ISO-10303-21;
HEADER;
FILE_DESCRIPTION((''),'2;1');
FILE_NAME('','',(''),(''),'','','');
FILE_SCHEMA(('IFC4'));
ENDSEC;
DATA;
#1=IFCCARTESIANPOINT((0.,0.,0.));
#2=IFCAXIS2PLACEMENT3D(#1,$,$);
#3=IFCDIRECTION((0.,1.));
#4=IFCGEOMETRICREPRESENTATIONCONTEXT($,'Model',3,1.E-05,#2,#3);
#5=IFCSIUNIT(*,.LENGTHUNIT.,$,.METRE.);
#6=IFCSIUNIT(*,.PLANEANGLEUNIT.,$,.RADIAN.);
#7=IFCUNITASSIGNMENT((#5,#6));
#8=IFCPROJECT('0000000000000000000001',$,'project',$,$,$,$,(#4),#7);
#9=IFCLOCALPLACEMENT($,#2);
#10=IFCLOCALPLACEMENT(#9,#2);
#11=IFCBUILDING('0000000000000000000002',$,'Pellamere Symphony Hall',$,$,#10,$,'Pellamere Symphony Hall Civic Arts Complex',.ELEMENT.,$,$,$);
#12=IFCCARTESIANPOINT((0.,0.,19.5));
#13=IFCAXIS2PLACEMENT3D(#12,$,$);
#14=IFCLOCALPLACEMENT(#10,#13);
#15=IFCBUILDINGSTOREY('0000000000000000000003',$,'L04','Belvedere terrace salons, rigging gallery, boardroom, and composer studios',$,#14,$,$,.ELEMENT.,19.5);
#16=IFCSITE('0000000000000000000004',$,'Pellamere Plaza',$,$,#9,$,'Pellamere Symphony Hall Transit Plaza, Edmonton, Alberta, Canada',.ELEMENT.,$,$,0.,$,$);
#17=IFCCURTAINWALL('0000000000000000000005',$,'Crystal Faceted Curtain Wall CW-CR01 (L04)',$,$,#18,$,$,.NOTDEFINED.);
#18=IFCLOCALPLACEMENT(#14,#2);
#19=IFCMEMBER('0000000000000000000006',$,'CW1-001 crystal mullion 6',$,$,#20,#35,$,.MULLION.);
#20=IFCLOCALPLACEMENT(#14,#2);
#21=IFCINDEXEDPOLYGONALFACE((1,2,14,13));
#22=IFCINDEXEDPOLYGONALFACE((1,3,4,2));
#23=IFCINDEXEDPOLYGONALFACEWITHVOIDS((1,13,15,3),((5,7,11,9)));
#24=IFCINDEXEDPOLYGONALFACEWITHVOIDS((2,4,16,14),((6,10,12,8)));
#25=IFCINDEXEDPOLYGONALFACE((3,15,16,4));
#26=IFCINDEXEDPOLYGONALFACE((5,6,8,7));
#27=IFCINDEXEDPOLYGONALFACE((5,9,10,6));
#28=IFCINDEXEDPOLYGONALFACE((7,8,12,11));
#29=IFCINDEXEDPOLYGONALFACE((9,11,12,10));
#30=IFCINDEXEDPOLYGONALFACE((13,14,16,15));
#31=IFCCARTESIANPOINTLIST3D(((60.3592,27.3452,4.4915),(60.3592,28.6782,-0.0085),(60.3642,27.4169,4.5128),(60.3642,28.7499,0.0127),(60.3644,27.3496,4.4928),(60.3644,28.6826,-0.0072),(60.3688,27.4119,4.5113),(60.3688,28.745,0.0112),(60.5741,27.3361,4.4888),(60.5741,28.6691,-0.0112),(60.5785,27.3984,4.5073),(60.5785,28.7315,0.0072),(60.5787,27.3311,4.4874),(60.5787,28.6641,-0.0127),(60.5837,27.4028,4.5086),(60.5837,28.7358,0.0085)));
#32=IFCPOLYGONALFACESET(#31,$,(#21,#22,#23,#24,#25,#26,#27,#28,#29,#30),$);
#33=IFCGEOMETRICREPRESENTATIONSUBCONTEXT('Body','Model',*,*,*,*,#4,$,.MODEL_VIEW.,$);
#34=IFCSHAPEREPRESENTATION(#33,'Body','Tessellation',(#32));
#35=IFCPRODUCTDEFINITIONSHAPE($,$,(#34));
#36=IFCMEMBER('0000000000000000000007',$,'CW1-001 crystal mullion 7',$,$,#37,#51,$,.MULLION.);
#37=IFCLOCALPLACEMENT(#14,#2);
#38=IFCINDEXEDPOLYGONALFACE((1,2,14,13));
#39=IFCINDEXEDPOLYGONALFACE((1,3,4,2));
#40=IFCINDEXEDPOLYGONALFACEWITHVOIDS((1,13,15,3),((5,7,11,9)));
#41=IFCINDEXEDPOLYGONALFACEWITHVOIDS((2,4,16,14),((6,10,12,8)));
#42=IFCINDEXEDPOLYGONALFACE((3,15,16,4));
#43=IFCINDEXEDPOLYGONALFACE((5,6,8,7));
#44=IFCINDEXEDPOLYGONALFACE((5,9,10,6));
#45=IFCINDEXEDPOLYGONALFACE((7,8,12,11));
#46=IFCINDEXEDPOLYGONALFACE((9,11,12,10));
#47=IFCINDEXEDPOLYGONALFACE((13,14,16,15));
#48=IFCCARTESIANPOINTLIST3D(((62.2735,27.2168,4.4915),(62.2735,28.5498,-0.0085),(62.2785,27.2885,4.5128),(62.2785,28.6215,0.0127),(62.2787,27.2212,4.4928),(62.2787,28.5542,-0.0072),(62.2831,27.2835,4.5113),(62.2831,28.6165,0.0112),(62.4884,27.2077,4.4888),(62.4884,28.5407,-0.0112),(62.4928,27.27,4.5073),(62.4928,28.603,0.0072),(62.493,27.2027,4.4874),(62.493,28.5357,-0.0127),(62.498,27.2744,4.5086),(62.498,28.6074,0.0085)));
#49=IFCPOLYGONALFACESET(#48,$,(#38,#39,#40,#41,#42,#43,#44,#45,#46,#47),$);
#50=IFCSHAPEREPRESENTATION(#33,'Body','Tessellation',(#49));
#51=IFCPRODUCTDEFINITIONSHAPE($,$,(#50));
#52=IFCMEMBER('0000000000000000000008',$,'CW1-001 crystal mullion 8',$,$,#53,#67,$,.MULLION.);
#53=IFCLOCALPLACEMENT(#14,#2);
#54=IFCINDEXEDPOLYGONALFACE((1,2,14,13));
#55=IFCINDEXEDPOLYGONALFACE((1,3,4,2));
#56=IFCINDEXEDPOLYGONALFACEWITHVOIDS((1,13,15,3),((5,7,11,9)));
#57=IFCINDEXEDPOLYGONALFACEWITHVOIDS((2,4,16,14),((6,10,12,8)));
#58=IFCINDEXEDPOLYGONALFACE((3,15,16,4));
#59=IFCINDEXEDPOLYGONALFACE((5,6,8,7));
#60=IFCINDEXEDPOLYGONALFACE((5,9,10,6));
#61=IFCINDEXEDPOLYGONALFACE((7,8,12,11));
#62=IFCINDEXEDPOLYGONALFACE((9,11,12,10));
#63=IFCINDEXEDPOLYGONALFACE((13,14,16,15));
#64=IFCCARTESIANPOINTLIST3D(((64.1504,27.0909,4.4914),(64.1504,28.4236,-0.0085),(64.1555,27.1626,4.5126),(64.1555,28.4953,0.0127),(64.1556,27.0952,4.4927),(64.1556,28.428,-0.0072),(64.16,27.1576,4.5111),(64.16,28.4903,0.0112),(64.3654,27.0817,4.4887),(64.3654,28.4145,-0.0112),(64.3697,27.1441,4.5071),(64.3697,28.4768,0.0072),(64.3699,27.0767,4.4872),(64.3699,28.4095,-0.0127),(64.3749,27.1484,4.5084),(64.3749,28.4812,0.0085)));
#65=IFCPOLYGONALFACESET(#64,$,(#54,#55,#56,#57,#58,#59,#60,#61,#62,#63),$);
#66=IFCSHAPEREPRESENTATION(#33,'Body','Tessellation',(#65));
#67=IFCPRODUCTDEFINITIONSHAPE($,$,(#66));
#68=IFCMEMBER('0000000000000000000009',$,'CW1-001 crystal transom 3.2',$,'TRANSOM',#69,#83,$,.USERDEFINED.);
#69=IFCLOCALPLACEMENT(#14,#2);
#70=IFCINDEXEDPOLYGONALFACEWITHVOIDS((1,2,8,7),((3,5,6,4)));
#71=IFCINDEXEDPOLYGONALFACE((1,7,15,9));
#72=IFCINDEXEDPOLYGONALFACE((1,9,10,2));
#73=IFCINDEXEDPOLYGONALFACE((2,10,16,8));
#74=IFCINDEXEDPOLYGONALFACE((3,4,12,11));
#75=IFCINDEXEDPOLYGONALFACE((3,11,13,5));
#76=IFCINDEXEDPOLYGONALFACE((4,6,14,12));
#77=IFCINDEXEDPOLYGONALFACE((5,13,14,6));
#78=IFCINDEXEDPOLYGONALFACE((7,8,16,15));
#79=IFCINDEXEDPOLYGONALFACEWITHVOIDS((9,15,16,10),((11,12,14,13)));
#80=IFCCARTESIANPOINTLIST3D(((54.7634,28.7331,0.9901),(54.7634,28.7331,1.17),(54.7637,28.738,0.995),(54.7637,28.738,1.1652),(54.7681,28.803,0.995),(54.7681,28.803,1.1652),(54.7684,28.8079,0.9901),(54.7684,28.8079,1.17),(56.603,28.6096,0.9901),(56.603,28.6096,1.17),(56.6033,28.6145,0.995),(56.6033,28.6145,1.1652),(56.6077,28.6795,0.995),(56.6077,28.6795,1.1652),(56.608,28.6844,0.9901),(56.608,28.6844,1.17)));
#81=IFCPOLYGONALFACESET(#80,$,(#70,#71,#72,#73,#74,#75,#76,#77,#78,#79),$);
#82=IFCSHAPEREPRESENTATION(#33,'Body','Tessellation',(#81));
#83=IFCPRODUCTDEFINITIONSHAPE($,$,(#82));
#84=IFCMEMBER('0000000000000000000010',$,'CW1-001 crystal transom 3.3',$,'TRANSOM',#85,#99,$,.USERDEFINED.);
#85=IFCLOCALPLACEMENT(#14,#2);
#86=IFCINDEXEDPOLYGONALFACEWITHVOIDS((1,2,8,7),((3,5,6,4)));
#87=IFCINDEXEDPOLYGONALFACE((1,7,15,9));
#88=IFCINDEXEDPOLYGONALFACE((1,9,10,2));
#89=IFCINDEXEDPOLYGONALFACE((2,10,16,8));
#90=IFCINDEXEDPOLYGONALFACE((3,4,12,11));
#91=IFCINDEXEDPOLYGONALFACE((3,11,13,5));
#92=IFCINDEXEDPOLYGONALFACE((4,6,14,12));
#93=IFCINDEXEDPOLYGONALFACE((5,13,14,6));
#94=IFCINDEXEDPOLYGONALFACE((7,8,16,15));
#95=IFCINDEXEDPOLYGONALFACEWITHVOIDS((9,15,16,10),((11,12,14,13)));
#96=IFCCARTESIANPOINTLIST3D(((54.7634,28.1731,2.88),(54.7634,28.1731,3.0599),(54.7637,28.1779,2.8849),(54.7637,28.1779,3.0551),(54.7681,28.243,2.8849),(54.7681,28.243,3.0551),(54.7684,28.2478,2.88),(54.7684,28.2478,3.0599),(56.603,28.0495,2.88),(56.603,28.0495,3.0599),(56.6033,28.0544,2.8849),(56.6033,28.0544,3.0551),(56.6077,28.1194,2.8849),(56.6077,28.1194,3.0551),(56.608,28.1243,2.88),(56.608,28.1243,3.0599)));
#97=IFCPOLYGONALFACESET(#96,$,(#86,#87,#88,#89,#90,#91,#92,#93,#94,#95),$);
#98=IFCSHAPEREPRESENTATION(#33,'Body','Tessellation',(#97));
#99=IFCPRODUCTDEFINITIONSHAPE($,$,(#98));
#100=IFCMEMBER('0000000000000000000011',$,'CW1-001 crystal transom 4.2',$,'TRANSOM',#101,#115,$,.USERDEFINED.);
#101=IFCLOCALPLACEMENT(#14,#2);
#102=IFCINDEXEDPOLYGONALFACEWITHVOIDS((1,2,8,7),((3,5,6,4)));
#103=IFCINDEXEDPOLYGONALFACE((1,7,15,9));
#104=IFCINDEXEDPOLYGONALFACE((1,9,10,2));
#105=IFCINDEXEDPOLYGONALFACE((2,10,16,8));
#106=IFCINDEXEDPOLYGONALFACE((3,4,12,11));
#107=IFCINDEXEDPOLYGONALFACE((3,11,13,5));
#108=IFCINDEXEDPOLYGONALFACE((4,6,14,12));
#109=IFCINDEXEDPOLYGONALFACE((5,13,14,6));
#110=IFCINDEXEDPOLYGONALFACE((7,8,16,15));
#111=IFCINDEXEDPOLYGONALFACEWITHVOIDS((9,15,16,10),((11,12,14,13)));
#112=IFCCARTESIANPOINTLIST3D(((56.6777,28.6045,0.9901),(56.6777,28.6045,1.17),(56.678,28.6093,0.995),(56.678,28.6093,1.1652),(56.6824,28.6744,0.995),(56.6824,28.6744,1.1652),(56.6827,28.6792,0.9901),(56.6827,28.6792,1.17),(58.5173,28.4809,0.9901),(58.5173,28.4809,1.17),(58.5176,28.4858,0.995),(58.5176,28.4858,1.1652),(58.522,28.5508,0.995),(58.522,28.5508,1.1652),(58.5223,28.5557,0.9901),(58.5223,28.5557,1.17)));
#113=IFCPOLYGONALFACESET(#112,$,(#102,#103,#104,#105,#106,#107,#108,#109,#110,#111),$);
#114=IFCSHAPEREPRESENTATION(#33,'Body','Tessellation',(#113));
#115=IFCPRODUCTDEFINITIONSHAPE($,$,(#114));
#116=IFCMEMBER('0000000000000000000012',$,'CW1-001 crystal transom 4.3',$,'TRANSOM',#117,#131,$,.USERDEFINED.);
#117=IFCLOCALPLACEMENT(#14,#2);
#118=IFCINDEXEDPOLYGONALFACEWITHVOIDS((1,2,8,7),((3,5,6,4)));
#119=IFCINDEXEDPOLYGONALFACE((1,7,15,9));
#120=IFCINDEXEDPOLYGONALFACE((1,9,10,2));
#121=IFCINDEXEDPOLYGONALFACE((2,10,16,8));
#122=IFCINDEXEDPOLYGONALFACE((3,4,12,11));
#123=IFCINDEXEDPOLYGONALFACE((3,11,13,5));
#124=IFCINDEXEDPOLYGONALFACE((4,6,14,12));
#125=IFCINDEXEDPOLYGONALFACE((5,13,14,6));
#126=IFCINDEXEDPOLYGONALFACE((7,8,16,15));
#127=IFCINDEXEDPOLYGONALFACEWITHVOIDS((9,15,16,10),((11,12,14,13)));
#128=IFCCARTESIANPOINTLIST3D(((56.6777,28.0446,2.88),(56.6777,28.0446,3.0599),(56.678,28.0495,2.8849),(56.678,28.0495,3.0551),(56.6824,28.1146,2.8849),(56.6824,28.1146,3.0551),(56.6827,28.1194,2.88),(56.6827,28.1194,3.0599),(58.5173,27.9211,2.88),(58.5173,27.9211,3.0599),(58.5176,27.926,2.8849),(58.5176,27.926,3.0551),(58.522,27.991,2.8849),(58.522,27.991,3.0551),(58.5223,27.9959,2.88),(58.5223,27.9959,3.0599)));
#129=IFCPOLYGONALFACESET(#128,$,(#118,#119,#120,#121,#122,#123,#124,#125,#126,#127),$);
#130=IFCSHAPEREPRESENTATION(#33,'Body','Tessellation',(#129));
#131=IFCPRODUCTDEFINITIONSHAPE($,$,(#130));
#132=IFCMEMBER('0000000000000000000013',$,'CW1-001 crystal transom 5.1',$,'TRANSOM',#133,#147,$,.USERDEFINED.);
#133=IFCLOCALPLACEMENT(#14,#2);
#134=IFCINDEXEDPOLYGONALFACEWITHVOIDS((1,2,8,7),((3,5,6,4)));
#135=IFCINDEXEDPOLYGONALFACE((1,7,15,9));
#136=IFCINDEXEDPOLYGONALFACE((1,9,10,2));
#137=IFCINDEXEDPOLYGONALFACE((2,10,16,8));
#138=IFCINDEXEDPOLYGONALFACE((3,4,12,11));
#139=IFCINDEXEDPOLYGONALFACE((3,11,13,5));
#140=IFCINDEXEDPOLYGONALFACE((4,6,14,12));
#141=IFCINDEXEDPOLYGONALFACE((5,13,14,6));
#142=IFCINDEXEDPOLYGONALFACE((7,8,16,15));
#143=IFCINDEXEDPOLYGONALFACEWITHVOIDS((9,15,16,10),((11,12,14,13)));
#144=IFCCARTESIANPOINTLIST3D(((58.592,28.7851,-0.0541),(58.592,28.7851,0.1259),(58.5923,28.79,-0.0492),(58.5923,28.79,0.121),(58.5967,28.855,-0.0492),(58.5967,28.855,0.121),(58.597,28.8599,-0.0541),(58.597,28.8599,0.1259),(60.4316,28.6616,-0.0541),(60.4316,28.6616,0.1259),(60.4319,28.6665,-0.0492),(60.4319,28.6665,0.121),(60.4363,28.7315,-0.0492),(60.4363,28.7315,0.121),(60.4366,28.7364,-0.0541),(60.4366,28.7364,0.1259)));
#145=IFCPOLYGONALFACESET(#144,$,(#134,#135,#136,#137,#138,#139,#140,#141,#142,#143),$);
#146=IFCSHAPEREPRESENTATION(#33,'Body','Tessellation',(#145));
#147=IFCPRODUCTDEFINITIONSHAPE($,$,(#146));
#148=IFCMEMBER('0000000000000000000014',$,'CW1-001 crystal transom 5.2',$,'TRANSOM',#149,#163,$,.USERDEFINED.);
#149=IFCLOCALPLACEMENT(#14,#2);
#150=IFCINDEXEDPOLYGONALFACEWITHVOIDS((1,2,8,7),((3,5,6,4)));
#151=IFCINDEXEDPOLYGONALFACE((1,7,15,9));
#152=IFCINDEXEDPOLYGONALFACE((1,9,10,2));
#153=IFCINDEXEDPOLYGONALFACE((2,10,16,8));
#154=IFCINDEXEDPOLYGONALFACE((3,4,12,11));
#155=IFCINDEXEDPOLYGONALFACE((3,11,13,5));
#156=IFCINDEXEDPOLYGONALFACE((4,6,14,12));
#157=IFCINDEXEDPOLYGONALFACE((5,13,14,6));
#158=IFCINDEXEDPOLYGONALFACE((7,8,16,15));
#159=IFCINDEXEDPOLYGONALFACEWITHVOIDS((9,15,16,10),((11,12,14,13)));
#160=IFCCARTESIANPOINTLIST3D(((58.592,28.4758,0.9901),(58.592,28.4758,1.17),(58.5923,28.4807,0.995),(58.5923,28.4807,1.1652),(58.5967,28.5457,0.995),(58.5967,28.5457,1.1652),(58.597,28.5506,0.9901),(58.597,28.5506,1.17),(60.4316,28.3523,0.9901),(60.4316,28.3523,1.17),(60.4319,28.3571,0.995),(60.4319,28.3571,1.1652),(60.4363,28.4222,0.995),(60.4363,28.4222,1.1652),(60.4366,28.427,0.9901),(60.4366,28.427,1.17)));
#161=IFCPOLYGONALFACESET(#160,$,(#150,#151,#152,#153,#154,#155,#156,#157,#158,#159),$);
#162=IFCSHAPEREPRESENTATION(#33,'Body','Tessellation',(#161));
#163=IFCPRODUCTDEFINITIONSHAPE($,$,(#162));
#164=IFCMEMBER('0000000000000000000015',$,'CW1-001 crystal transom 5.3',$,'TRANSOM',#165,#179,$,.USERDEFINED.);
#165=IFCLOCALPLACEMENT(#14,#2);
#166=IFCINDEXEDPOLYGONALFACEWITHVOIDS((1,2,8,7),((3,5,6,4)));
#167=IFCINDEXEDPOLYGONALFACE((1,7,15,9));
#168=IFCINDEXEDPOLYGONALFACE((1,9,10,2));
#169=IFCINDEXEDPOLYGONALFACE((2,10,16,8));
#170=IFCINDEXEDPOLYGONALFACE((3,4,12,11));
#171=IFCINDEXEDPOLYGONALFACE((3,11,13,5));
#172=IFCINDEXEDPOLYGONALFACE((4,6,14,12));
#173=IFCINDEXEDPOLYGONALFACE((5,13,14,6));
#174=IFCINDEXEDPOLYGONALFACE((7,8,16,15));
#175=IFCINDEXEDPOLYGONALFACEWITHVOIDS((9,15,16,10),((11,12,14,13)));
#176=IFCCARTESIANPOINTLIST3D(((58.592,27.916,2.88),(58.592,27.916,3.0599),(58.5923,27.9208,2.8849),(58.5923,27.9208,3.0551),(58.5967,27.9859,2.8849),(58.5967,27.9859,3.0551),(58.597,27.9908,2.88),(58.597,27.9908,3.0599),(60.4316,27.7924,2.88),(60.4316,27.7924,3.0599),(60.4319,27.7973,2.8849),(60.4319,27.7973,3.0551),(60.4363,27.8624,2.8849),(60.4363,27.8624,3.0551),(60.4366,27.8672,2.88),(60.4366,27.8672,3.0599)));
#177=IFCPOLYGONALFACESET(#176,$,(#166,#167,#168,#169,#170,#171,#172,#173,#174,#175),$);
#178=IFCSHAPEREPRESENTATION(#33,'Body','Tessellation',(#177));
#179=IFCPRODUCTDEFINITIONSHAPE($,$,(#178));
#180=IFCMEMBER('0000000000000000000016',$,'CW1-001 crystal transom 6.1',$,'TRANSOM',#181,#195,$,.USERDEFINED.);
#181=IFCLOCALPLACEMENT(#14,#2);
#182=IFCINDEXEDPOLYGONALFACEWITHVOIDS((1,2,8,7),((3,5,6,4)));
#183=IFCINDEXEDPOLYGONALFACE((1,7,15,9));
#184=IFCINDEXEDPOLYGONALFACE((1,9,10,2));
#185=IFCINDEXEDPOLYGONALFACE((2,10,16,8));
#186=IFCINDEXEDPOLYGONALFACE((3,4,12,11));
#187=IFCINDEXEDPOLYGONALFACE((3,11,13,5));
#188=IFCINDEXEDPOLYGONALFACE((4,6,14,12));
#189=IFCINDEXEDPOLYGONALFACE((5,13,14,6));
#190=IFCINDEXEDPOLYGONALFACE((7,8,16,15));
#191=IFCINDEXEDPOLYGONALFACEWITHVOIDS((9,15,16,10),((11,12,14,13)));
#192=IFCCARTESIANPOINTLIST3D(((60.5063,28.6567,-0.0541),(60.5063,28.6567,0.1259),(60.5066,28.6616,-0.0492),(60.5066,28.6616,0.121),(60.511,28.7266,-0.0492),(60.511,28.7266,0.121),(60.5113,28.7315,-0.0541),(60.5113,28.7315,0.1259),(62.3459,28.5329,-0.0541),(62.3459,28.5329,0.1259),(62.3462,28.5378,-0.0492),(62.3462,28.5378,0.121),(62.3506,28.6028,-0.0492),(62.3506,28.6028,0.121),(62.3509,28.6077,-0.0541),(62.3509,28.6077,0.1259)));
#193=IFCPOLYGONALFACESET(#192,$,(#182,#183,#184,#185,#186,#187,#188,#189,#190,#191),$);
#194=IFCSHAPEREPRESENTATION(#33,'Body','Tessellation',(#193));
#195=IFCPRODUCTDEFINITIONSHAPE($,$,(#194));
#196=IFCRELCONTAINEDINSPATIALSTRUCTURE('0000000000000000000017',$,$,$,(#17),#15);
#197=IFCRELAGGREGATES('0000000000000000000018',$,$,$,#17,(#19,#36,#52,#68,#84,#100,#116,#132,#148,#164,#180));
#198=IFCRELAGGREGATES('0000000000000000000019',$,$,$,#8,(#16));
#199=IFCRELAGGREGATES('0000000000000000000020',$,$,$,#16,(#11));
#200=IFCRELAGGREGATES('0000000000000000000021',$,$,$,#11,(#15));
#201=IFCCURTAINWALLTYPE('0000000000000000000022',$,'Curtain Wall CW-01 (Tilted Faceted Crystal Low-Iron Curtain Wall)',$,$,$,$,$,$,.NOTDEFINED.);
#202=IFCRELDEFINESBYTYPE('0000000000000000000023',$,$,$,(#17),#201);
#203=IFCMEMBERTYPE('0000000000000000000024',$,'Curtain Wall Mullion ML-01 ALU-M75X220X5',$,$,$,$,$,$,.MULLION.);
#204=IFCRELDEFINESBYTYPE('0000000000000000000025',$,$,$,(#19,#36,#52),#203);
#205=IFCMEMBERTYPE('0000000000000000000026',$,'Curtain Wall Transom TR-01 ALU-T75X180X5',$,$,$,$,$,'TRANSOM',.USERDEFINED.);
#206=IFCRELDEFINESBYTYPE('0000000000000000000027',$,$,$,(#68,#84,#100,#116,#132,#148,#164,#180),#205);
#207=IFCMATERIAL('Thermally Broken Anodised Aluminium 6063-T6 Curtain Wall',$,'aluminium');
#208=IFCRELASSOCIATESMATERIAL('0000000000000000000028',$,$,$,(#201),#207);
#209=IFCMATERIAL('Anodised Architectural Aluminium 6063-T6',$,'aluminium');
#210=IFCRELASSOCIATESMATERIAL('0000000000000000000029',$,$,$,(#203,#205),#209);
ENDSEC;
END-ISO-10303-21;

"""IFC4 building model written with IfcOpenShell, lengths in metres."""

from ifc_helpers import new_model, si_unit, direction, frame, origin, origin_2d, place, context, subcontext, project, spatial, hollow_rectangle, extrude, material, material_profile, profile_set, type_object, element, aggregate, save


model = new_model("IFC4")

# Units and contexts
model_context = context("Model", 3, precision=1e-05, world=origin(), true_north=direction((0.0, 1.0)))
body_context = subcontext(model_context, "Body", "Model", "MODEL_VIEW")
ifc_project = project(units=[si_unit("LENGTHUNIT", "METRE"), si_unit("PLANEANGLEUNIT", "RADIAN")], contexts=[model_context])

# Site, building, storey
site_placement = place(None, origin())
site = spatial("IfcSite", under=ifc_project, at=site_placement, Name="Pellamere Plaza", LongName="Pellamere Symphony Hall Transit Plaza, Edmonton, Alberta, Canada", CompositionType="ELEMENT", RefElevation=0.0)
building_placement = place(site_placement, origin())
building = spatial("IfcBuilding", under=site, at=building_placement, Name="Pellamere Symphony Hall", LongName="Pellamere Symphony Hall Civic Arts Complex", CompositionType="ELEMENT")
storey_placement = place(building_placement, frame((0.0, 0.0, 19.5)))
storey = spatial("IfcBuildingStorey", under=building, at=storey_placement, Name="L04", Description="Belvedere terrace salons, rigging gallery, boardroom, and composer studios", CompositionType="ELEMENT", Elevation=19.5)

# Curtain wall, members
ifc_material_1 = material(Name="Thermally Broken Anodised Aluminium 6063-T6 Curtain Wall", Category="aluminium")
curtain_wall_type = type_object("IfcCurtainWallType", Name="Curtain Wall CW-01 (Tilted Faceted Crystal Low-Iron Curtain Wall)", PredefinedType="NOTDEFINED", material=ifc_material_1)
curtain_wall_1_placement = place(storey_placement, origin())
curtain_wall_1 = element("IfcCurtainWall", 1, at=curtain_wall_1_placement, inside=storey, type_object=curtain_wall_type, Name="Crystal Faceted Curtain Wall CW-CR01 (L04)", PredefinedType="NOTDEFINED")
ifc_material_2 = material(Name="Anodised Architectural Aluminium 6063-T6", Category="aluminium")
ifc_material_profile_1 = material_profile(ifc_material_2, hollow_rectangle(XDim=0.075, YDim=0.22, WallThickness=0.0049, at=origin_2d()), Name="ALU-M75X220X5")
ifc_profile_set_1 = profile_set([ifc_material_profile_1], Name="Anodised Architectural Aluminium 6063-T6")
member_type_1 = type_object("IfcMemberType", Name="Curtain Wall Mullion ML-01 ALU-M75X220X5", PredefinedType="MULLION", material=ifc_profile_set_1)
member_1_placement = place(storey_placement, frame((60.4714, 28.707, 0.0), z_axis=(0.0, -0.284025, 0.958817), x_axis=(0.067013, 0.956662, 0.283386)))
member_1 = element("IfcMember", 2, at=member_1_placement, type_object=member_type_1, Name="CW1-001 crystal mullion 6", PredefinedType="MULLION", context=body_context, shape_type="SweptSolid", body=[
    extrude(hollow_rectangle(XDim=0.075, YDim=0.22, WallThickness=0.0049, at=origin_2d()), origin(), (0.0, 0.0, 1.0), 4.6934),
])
member_2_placement = place(storey_placement, frame((62.3857, 28.5786, 0.0), z_axis=(0.0, -0.284025, 0.958817), x_axis=(0.067013, 0.956662, 0.283386)))
member_2 = element("IfcMember", 3, at=member_2_placement, type_object=member_type_1, Name="CW1-001 crystal mullion 7", PredefinedType="MULLION", context=body_context, shape_type="SweptSolid", body=[
    extrude(hollow_rectangle(XDim=0.075, YDim=0.22, WallThickness=0.0049, at=origin_2d()), origin(), (0.0, 0.0, 1.0), 4.6934),
])
member_3_placement = place(storey_placement, frame((64.2627, 28.4524, 0.0), z_axis=(0.0, -0.283977, 0.958831), x_axis=(0.067013, 0.956676, 0.283338)))
member_3 = element("IfcMember", 4, at=member_3_placement, type_object=member_type_1, Name="CW1-001 crystal mullion 8", PredefinedType="MULLION", context=body_context, shape_type="SweptSolid", body=[
    extrude(hollow_rectangle(XDim=0.075, YDim=0.22, WallThickness=0.0049, at=origin_2d()), origin(), (0.0, 0.0, 1.0), 4.6931),
])
ifc_material_profile_2 = material_profile(ifc_material_2, hollow_rectangle(XDim=0.075, YDim=0.1799, WallThickness=0.0049, at=origin_2d()), Name="ALU-T75X180X5")
ifc_profile_set_2 = profile_set([ifc_material_profile_2], Name="Anodised Architectural Aluminium 6063-T6")
member_type_2 = type_object("IfcMemberType", Name="Curtain Wall Transom TR-01 ALU-T75X180X5", ElementType="TRANSOM", PredefinedType="USERDEFINED", material=ifc_profile_set_2)
member_4_placement = place(storey_placement, frame((54.7659, 28.7705, 1.0801), z_axis=(0.997753, -0.067002, 0.0), x_axis=(0.067002, 0.997753, 0.0)))
member_4 = element("IfcMember", 5, at=member_4_placement, type_object=member_type_2, Name="CW1-001 crystal transom 3.2", ObjectType="TRANSOM", PredefinedType="USERDEFINED", context=body_context, shape_type="SweptSolid", body=[
    extrude(hollow_rectangle(XDim=0.075, YDim=0.1799, WallThickness=0.0049, at=origin_2d()), origin(), (0.0, 0.0, 1.0), 1.8438),
])
member_5_placement = place(storey_placement, frame((54.7659, 28.2104, 2.97), z_axis=(0.997753, -0.067002, 0.0), x_axis=(0.067002, 0.997753, 0.0)))
member_5 = element("IfcMember", 6, at=member_5_placement, type_object=member_type_2, Name="CW1-001 crystal transom 3.3", ObjectType="TRANSOM", PredefinedType="USERDEFINED", context=body_context, shape_type="SweptSolid", body=[
    extrude(hollow_rectangle(XDim=0.075, YDim=0.1799, WallThickness=0.0049, at=origin_2d()), origin(), (0.0, 0.0, 1.0), 1.8438),
])
member_6_placement = place(storey_placement, frame((56.6802, 28.6418, 1.0801), z_axis=(0.997753, -0.067002, 0.0), x_axis=(0.067002, 0.997753, 0.0)))
member_6 = element("IfcMember", 7, at=member_6_placement, type_object=member_type_2, Name="CW1-001 crystal transom 4.2", ObjectType="TRANSOM", PredefinedType="USERDEFINED", context=body_context, shape_type="SweptSolid", body=[
    extrude(hollow_rectangle(XDim=0.075, YDim=0.1799, WallThickness=0.0049, at=origin_2d()), origin(), (0.0, 0.0, 1.0), 1.8438),
])
member_7_placement = place(storey_placement, frame((56.6802, 28.082, 2.97), z_axis=(0.997753, -0.067002, 0.0), x_axis=(0.067002, 0.997753, 0.0)))
member_7 = element("IfcMember", 8, at=member_7_placement, type_object=member_type_2, Name="CW1-001 crystal transom 4.3", ObjectType="TRANSOM", PredefinedType="USERDEFINED", context=body_context, shape_type="SweptSolid", body=[
    extrude(hollow_rectangle(XDim=0.075, YDim=0.1799, WallThickness=0.0049, at=origin_2d()), origin(), (0.0, 0.0, 1.0), 1.8438),
])
member_8_placement = place(storey_placement, frame((58.5945, 28.8225, 0.0359), z_axis=(0.997753, -0.067002, 0.0), x_axis=(0.067002, 0.997753, 0.0)))
member_8 = element("IfcMember", 9, at=member_8_placement, type_object=member_type_2, Name="CW1-001 crystal transom 5.1", ObjectType="TRANSOM", PredefinedType="USERDEFINED", context=body_context, shape_type="SweptSolid", body=[
    extrude(hollow_rectangle(XDim=0.075, YDim=0.1799, WallThickness=0.0049, at=origin_2d()), origin(), (0.0, 0.0, 1.0), 1.8438),
])
member_9_placement = place(storey_placement, frame((58.5945, 28.5132, 1.0801), z_axis=(0.997753, -0.067002, 0.0), x_axis=(0.067002, 0.997753, 0.0)))
member_9 = element("IfcMember", 10, at=member_9_placement, type_object=member_type_2, Name="CW1-001 crystal transom 5.2", ObjectType="TRANSOM", PredefinedType="USERDEFINED", context=body_context, shape_type="SweptSolid", body=[
    extrude(hollow_rectangle(XDim=0.075, YDim=0.1799, WallThickness=0.0049, at=origin_2d()), origin(), (0.0, 0.0, 1.0), 1.8438),
])
member_10_placement = place(storey_placement, frame((58.5945, 27.9534, 2.97), z_axis=(0.997753, -0.067002, 0.0), x_axis=(0.067002, 0.997753, 0.0)))
member_10 = element("IfcMember", 11, at=member_10_placement, type_object=member_type_2, Name="CW1-001 crystal transom 5.3", ObjectType="TRANSOM", PredefinedType="USERDEFINED", context=body_context, shape_type="SweptSolid", body=[
    extrude(hollow_rectangle(XDim=0.075, YDim=0.1799, WallThickness=0.0049, at=origin_2d()), origin(), (0.0, 0.0, 1.0), 1.8438),
])
member_11_placement = place(storey_placement, frame((60.5088, 28.6941, 0.0359), z_axis=(0.997744, -0.067134, 0.0), x_axis=(0.067134, 0.997744, 0.0)))
member_11 = element("IfcMember", 12, at=member_11_placement, type_object=member_type_2, Name="CW1-001 crystal transom 6.1", ObjectType="TRANSOM", PredefinedType="USERDEFINED", context=body_context, shape_type="SweptSolid", body=[
    extrude(hollow_rectangle(XDim=0.075, YDim=0.1799, WallThickness=0.0049, at=origin_2d()), origin(), (0.0, 0.0, 1.0), 1.8438),
])

aggregate(curtain_wall_1, [member_1, member_2, member_3, member_4, member_5, member_6, member_7, member_8, member_9, member_10, member_11])

save(model, "model.ifc")
